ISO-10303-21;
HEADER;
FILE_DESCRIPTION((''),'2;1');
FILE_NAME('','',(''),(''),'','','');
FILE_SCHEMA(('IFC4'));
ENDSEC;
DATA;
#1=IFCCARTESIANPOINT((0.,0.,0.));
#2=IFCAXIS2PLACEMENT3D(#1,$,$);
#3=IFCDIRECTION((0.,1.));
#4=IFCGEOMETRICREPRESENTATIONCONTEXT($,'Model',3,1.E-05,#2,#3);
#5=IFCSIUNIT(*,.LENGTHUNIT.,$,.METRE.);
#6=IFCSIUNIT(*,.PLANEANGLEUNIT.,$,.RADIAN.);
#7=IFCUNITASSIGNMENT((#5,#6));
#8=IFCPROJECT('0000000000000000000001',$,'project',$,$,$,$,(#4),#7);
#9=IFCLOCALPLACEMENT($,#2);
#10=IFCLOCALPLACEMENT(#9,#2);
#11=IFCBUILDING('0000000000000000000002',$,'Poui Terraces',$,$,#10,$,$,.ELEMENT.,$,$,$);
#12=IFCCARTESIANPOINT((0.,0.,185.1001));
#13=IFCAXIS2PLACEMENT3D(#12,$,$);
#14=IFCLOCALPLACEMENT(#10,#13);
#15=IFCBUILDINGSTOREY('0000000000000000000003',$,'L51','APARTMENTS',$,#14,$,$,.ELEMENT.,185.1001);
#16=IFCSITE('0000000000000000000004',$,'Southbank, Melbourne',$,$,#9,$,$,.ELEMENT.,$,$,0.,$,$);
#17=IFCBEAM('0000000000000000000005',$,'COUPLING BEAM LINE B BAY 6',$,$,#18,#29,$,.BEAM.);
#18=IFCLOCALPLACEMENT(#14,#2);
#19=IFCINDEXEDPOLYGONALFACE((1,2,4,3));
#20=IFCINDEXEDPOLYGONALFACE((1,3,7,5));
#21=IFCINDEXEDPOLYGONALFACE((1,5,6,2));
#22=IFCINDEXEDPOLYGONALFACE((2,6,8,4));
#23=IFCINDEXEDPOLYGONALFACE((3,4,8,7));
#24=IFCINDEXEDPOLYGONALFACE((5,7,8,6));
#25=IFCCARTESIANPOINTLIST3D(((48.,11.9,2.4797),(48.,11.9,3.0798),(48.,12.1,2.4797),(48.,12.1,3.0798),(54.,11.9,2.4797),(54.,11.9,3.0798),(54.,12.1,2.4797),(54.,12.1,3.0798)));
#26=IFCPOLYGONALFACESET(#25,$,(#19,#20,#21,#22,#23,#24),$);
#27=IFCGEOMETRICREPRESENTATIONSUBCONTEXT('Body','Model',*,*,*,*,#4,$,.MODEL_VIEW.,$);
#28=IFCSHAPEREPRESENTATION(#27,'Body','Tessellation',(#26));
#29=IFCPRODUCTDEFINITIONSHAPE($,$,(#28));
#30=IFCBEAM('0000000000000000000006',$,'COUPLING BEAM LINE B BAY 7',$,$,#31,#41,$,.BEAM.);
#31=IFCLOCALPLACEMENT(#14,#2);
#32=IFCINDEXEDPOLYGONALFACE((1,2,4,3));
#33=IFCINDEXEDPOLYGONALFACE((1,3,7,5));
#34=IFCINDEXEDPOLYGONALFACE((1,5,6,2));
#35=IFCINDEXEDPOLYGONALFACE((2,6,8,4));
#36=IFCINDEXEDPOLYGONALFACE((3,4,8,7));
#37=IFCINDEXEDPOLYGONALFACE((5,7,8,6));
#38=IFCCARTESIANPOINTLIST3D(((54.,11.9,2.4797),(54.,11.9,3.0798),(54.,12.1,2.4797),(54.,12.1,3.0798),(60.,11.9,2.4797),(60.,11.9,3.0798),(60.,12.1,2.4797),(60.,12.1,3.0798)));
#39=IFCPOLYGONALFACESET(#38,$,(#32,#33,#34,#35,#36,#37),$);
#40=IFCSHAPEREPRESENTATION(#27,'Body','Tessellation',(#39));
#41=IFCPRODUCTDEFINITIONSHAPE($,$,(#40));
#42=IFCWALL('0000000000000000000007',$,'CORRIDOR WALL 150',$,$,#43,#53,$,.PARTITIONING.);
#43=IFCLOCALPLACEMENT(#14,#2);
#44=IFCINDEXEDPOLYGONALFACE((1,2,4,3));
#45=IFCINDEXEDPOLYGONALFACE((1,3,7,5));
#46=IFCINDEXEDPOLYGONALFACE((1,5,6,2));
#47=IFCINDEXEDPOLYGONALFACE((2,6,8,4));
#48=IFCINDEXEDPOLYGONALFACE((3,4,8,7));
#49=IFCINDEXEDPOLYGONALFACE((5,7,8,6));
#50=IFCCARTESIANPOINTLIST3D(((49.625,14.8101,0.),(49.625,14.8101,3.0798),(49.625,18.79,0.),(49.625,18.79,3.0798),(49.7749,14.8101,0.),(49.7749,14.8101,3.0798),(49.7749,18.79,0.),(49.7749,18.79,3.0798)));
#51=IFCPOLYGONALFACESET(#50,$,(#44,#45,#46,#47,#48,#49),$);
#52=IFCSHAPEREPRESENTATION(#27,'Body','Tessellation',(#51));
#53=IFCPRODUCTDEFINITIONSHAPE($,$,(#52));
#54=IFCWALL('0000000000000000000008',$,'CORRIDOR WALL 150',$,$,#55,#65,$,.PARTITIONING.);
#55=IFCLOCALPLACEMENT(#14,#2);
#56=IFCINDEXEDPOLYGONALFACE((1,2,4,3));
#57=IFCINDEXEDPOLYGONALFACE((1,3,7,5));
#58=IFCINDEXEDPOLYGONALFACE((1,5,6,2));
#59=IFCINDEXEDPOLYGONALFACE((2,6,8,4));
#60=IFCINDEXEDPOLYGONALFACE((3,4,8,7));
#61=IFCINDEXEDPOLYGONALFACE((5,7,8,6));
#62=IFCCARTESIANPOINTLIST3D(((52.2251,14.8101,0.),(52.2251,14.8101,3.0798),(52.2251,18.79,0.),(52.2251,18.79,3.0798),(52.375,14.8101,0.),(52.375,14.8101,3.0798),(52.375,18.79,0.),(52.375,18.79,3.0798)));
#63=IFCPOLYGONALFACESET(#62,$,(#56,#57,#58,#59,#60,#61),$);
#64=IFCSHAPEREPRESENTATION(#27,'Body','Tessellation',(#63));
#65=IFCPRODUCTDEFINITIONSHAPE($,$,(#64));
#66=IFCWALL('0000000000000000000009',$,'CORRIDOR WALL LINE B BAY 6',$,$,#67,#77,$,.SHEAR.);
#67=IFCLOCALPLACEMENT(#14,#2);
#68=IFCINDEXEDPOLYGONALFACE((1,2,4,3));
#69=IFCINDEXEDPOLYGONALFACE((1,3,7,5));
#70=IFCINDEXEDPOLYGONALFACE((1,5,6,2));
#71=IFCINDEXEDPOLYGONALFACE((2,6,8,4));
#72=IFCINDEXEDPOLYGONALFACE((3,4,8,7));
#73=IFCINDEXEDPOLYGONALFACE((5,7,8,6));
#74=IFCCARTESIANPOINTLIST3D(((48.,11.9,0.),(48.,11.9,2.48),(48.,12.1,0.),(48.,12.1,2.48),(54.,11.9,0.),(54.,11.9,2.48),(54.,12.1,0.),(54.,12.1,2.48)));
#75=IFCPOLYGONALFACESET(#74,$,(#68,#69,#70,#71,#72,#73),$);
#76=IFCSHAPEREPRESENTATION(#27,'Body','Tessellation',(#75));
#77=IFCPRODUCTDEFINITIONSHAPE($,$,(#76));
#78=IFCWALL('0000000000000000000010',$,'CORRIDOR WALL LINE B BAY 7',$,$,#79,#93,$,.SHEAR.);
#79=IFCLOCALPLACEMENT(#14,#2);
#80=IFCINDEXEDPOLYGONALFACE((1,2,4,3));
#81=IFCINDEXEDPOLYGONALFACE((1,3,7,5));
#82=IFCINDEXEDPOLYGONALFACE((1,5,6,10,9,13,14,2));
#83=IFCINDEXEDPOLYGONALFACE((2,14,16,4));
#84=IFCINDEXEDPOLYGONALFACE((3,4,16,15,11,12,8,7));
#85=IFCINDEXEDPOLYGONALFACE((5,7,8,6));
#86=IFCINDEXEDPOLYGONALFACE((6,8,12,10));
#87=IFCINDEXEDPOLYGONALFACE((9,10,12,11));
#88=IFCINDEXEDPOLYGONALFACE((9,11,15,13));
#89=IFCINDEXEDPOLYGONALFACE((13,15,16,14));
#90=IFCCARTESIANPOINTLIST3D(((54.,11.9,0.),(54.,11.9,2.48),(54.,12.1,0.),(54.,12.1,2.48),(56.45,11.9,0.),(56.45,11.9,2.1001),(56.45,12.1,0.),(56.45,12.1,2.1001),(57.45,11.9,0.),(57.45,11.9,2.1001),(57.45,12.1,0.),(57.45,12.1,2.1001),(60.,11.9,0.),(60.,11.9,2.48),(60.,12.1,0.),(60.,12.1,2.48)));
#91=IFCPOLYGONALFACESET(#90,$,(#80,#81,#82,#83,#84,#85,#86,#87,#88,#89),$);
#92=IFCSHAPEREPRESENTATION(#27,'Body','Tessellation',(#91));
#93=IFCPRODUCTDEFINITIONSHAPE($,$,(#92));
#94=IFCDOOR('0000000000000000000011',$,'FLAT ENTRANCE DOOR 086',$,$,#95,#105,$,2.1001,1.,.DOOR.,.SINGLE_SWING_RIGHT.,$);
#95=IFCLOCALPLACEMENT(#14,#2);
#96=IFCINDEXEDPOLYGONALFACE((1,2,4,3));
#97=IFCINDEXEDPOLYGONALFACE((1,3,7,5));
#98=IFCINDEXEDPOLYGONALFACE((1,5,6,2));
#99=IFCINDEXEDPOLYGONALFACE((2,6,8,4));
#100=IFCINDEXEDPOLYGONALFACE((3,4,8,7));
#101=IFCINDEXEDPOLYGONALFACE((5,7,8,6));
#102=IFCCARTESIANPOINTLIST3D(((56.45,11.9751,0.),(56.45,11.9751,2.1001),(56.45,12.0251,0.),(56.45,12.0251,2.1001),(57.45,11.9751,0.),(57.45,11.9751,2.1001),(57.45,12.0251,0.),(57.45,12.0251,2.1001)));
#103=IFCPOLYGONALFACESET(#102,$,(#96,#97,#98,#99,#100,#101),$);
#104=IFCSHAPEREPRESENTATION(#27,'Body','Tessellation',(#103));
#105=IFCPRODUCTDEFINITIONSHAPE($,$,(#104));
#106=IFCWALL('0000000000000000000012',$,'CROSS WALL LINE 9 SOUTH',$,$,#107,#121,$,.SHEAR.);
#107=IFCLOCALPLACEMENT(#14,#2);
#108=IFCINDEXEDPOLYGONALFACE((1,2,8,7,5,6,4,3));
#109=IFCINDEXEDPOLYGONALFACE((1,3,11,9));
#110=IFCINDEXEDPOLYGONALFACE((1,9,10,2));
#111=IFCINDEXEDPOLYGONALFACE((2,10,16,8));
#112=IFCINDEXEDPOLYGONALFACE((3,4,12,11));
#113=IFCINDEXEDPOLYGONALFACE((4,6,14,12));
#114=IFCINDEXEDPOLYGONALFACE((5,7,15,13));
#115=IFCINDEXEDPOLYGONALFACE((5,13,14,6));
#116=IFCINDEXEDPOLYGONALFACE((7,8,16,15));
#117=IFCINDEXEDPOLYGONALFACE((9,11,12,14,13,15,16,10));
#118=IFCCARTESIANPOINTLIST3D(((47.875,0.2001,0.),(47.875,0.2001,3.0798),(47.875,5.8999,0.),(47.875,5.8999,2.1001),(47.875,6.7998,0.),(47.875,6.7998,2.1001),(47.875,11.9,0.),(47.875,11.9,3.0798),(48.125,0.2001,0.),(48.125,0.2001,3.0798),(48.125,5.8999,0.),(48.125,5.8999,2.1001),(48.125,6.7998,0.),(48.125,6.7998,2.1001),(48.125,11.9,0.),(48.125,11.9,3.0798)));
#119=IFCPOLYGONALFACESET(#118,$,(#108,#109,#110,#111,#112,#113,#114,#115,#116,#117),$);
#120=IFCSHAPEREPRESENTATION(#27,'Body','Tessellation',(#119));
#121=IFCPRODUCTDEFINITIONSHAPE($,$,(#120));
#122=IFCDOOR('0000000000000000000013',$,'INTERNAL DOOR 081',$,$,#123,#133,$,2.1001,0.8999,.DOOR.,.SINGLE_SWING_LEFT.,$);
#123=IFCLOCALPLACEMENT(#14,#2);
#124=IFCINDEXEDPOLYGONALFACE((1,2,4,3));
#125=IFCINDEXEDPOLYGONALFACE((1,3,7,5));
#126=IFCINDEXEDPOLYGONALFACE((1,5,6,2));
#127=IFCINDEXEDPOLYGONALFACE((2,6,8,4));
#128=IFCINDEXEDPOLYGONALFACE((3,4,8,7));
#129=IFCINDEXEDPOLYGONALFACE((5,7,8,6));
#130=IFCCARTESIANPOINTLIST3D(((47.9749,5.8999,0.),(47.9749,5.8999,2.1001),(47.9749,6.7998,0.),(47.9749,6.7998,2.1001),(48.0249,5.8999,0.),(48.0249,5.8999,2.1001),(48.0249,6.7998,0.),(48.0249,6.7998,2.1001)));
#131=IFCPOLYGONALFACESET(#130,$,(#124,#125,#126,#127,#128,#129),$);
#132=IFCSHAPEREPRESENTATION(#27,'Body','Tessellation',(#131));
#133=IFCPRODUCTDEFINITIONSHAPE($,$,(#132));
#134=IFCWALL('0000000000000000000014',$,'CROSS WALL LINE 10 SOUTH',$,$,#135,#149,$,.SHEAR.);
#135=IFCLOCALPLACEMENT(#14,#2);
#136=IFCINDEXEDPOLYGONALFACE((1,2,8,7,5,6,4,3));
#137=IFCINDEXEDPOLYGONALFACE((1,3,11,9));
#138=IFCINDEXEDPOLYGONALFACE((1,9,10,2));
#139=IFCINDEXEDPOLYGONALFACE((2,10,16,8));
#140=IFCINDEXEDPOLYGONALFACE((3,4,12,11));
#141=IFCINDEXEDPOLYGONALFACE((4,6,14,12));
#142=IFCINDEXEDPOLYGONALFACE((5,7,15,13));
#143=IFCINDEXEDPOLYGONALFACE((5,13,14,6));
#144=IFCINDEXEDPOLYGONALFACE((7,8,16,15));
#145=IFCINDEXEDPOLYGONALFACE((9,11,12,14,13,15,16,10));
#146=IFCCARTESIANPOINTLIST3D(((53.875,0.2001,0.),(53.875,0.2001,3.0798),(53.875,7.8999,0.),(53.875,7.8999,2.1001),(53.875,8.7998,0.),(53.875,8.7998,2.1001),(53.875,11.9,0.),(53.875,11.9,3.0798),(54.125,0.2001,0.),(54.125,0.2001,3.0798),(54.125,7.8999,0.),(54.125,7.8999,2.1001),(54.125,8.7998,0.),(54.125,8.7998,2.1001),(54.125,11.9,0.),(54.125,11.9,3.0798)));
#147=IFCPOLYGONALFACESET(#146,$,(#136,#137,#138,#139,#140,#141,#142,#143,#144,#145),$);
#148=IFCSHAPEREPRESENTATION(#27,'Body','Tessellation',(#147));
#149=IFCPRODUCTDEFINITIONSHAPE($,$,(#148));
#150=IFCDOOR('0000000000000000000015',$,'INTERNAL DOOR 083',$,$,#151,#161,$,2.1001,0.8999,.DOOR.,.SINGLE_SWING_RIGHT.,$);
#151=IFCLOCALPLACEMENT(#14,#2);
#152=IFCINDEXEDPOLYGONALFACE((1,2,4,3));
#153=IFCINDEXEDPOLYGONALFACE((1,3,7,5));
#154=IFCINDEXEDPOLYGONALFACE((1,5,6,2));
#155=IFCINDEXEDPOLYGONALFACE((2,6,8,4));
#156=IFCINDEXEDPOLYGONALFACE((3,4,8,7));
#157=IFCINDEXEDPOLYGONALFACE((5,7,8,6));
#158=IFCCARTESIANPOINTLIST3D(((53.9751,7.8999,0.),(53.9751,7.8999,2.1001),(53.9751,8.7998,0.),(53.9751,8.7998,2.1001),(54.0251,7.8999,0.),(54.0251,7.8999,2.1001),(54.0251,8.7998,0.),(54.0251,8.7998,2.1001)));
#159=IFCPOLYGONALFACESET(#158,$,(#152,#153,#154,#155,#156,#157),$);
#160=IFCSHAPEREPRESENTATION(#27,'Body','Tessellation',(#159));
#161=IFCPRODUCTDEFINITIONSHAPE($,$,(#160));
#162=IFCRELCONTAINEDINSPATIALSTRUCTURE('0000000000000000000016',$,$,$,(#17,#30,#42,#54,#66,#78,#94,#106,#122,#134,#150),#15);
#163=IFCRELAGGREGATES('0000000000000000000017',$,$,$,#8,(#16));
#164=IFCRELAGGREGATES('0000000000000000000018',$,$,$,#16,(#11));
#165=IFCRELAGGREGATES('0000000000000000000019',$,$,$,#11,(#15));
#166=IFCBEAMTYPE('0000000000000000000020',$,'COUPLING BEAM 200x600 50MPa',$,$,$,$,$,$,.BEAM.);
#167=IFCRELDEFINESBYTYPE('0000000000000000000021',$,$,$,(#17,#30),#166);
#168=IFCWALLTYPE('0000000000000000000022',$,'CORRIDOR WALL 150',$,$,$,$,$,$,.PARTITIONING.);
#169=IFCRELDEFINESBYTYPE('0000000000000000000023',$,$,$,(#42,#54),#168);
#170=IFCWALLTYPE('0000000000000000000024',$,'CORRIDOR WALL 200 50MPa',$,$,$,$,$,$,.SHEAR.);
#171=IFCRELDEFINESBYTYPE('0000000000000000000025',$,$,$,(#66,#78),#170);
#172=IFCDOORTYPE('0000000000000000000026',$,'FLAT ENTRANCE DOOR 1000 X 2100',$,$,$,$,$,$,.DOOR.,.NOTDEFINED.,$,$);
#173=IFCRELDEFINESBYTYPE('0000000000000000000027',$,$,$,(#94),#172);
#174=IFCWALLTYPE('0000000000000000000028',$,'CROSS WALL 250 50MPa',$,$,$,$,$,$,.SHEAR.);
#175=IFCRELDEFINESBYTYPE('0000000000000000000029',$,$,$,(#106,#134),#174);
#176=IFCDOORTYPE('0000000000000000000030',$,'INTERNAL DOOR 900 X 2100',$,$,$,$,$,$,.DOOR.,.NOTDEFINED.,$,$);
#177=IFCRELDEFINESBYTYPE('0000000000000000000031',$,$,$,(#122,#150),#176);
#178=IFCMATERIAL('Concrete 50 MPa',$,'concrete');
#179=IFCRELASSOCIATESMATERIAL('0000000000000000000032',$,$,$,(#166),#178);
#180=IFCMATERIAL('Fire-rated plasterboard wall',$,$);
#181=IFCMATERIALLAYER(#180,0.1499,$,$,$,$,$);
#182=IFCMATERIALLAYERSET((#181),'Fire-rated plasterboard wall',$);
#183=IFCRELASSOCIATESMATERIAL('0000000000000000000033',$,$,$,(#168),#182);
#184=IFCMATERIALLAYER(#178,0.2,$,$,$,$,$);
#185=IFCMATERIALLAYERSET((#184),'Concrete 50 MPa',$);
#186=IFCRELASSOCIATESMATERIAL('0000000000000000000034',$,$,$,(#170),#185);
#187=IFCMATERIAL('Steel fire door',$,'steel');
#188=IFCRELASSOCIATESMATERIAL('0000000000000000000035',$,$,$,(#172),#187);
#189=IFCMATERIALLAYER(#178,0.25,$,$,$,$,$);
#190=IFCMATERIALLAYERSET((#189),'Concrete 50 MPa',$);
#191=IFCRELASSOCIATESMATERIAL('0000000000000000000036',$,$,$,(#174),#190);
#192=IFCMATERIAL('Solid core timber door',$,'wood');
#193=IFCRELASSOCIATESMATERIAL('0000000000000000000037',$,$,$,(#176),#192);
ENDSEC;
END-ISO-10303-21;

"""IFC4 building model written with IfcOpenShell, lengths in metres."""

from ifc_helpers import new_model, si_unit, direction, frame, frame_2d, origin, origin_2d, place, context, subcontext, project, spatial, rectangle, extrude, source, transform, mapped, material, layer, layer_set, material_profile, profile_set, type_object, element, fill, save


model = new_model("IFC4")

# Units and contexts
model_context = context("Model", 3, precision=1e-05, world=origin(), true_north=direction((0.0, 1.0)))
body_context = subcontext(model_context, "Body", "Model", "MODEL_VIEW")
ifc_project = project(units=[si_unit("LENGTHUNIT", "METRE"), si_unit("PLANEANGLEUNIT", "RADIAN")], contexts=[model_context])

# Site, building, storey
site_placement = place(None, origin())
site = spatial("IfcSite", under=ifc_project, at=site_placement, Name="Southbank, Melbourne", CompositionType="ELEMENT", RefElevation=0.0)
building_placement = place(site_placement, origin())
building = spatial("IfcBuilding", under=site, at=building_placement, Name="Poui Terraces", CompositionType="ELEMENT")
storey_placement = place(building_placement, frame((0.0, 0.0, 185.1001)))
storey = spatial("IfcBuildingStorey", under=building, at=storey_placement, Name="L51", Description="APARTMENTS", CompositionType="ELEMENT", Elevation=185.1001)

# Beams
ifc_material_1 = material(Name="Concrete 50 MPa", Category="concrete")
ifc_material_profile = material_profile(ifc_material_1, rectangle(XDim=0.2, YDim=0.6001, at=origin_2d()), Name="RC 200x600")
ifc_profile_set = profile_set([ifc_material_profile], Name="Concrete 50 MPa")
beam_type = type_object("IfcBeamType", Name="COUPLING BEAM 200x600 50MPa", PredefinedType="BEAM", material=ifc_profile_set)
shared_shape_1 = source(origin(), body_context, "Body", "SweptSolid", [
    extrude(rectangle(XDim=0.2, YDim=0.6001, at=origin_2d()), origin(), (0.0, 0.0, 1.0), 6.0),
])
for number, where, z_axis, x_axis, name in (
    (1, (48.0, 12.0, 2.7798), (1.0, 0.0, 0.0), (0.0, 1.0, 0.0), "COUPLING BEAM LINE B BAY 6"),
    (2, (54.0, 12.0, 2.7798), (1.0, 0.0, 0.0), (0.0, 1.0, 0.0), "COUPLING BEAM LINE B BAY 7"),
):
    element("IfcBeam", number, at=place(storey_placement, frame(where, z_axis=z_axis, x_axis=x_axis)), inside=storey, type_object=beam_type, Name=name, PredefinedType="BEAM", context=body_context, shape_type="MappedRepresentation", body=[
        mapped(shared_shape_1, transform((0.0, 0.0, 0.0))),
    ])

# Walls
ifc_material_2 = material(Name="Fire-rated plasterboard wall")
ifc_layer_1 = layer(ifc_material_2, 0.1499)
ifc_layer_set_1 = layer_set([ifc_layer_1], Name="Fire-rated plasterboard wall")
wall_type_1 = type_object("IfcWallType", Name="CORRIDOR WALL 150", PredefinedType="PARTITIONING", material=ifc_layer_set_1)
for number, where, z_axis, x_axis, name in (
    (3, (49.7, 14.8101, 0.0), (0.0, 0.0, 1.0), (0.0, 1.0, 0.0), "CORRIDOR WALL 150"),
    (4, (52.3, 14.8101, 0.0), (0.0, 0.0, 1.0), (0.0, 1.0, 0.0), "CORRIDOR WALL 150"),
):
    element("IfcWall", number, at=place(storey_placement, frame(where, z_axis=z_axis, x_axis=x_axis)), inside=storey, type_object=wall_type_1, Name=name, PredefinedType="PARTITIONING", context=body_context, shape_type="SweptSolid", body=[
        extrude(rectangle(XDim=3.98, YDim=0.1499, at=frame_2d((1.99, 0.0))), origin(), (0.0, 0.0, 1.0), 3.0798),
    ])
ifc_layer_2 = layer(ifc_material_1, 0.2)
ifc_layer_set_2 = layer_set([ifc_layer_2], Name="Concrete 50 MPa")
wall_type_2 = type_object("IfcWallType", Name="CORRIDOR WALL 200 50MPa", PredefinedType="SHEAR", material=ifc_layer_set_2)
wall_1_placement = place(storey_placement, frame((48.0, 12.0, 0.0), z_axis=(0.0, 0.0, 1.0), x_axis=(1.0, 0.0, 0.0)))
element("IfcWall", 5, at=wall_1_placement, inside=storey, type_object=wall_type_2, Name="CORRIDOR WALL LINE B BAY 6", PredefinedType="SHEAR", context=body_context, shape_type="SweptSolid", body=[
    extrude(rectangle(XDim=6.0, YDim=0.2, at=frame_2d((3.0, 0.0))), origin(), (0.0, 0.0, 1.0), 2.48),
])

# Walls, openings, doors
wall_2_placement = place(storey_placement, frame((54.0, 12.0, 0.0), z_axis=(0.0, 0.0, 1.0), x_axis=(1.0, 0.0, 0.0)))
wall_2 = element("IfcWall", 6, at=wall_2_placement, inside=storey, type_object=wall_type_2, Name="CORRIDOR WALL LINE B BAY 7", PredefinedType="SHEAR", context=body_context, shape_type="SweptSolid", body=[
    extrude(rectangle(XDim=6.0, YDim=0.2, at=frame_2d((3.0, 0.0))), origin(), (0.0, 0.0, 1.0), 2.48),
])
opening_1_placement = place(wall_2_placement, frame((2.45, 0.0, 0.0)))
opening_1 = element("IfcOpeningElement", 7, at=opening_1_placement, cuts=wall_2, PredefinedType="OPENING", context=body_context, shape_type="SweptSolid", body=[
    extrude(rectangle(XDim=1.0, YDim=2.1001, at=frame_2d((0.5, 1.05))), frame((0.0, 0.1099, 0.0), z_axis=(0.0, -1.0, 0.0), x_axis=(1.0, 0.0, 0.0)), (0.0, 0.0, 1.0), 0.22),
])
ifc_material_3 = material(Name="Steel fire door", Category="steel")
door_type_1 = type_object("IfcDoorType", Name="FLAT ENTRANCE DOOR 1000 X 2100", OperationType="NOTDEFINED", PredefinedType="DOOR", material=ifc_material_3)
door_1_placement = place(opening_1_placement, frame((1.0, 0.0, 0.0), z_axis=(0.0, 0.0, 1.0), x_axis=(-1.0, 0.0, 0.0)))
door_1 = element("IfcDoor", 8, at=door_1_placement, inside=storey, type_object=door_type_1, Name="FLAT ENTRANCE DOOR 086", OperationType="SINGLE_SWING_RIGHT", OverallHeight=2.1001, OverallWidth=1.0, PredefinedType="DOOR", context=body_context, shape_type="SweptSolid", body=[
    extrude(rectangle(XDim=1.0, YDim=2.1001, at=frame_2d((0.5, 1.05))), frame((0.0, 0.0249, 0.0), z_axis=(0.0, -1.0, 0.0), x_axis=(1.0, 0.0, 0.0)), (0.0, 0.0, 1.0), 0.05),
])
fill(opening_1, door_1)
ifc_layer_3 = layer(ifc_material_1, 0.25)
ifc_layer_set_3 = layer_set([ifc_layer_3], Name="Concrete 50 MPa")
wall_type_3 = type_object("IfcWallType", Name="CROSS WALL 250 50MPa", PredefinedType="SHEAR", material=ifc_layer_set_3)
wall_3_placement = place(storey_placement, frame((48.0, 0.2, 0.0), z_axis=(0.0, 0.0, 1.0), x_axis=(0.0, 1.0, 0.0)))
wall_3 = element("IfcWall", 9, at=wall_3_placement, inside=storey, type_object=wall_type_3, Name="CROSS WALL LINE 9 SOUTH", PredefinedType="SHEAR", context=body_context, shape_type="SweptSolid", body=[
    extrude(rectangle(XDim=11.7, YDim=0.25, at=frame_2d((5.8501, 0.0))), origin(), (0.0, 0.0, 1.0), 3.0798),
])
opening_2_placement = place(wall_3_placement, frame((5.7, 0.0, 0.0)))
opening_2 = element("IfcOpeningElement", 10, at=opening_2_placement, cuts=wall_3, PredefinedType="OPENING", context=body_context, shape_type="SweptSolid", body=[
    extrude(rectangle(XDim=0.8999, YDim=2.1001, at=frame_2d((0.45, 1.05))), frame((0.0, 0.135, 0.0), z_axis=(0.0, -1.0, 0.0), x_axis=(1.0, 0.0, 0.0)), (0.0, 0.0, 1.0), 0.27),
])
ifc_material_4 = material(Name="Solid core timber door", Category="wood")
door_type_2 = type_object("IfcDoorType", Name="INTERNAL DOOR 900 X 2100", OperationType="NOTDEFINED", PredefinedType="DOOR", material=ifc_material_4)
door_2_placement = place(opening_2_placement, frame((0.8999, 0.0, 0.0), z_axis=(0.0, 0.0, 1.0), x_axis=(-1.0, 0.0, 0.0)))
door_2 = element("IfcDoor", 11, at=door_2_placement, inside=storey, type_object=door_type_2, Name="INTERNAL DOOR 081", OperationType="SINGLE_SWING_LEFT", OverallHeight=2.1001, OverallWidth=0.8999, PredefinedType="DOOR", context=body_context, shape_type="SweptSolid", body=[
    extrude(rectangle(XDim=0.8999, YDim=2.1001, at=frame_2d((0.45, 1.05))), frame((0.0, 0.0249, 0.0), z_axis=(0.0, -1.0, 0.0), x_axis=(1.0, 0.0, 0.0)), (0.0, 0.0, 1.0), 0.05),
])
fill(opening_2, door_2)
wall_4_placement = place(storey_placement, frame((54.0, 0.2, 0.0), z_axis=(0.0, 0.0, 1.0), x_axis=(0.0, 1.0, 0.0)))
wall_4 = element("IfcWall", 12, at=wall_4_placement, inside=storey, type_object=wall_type_3, Name="CROSS WALL LINE 10 SOUTH", PredefinedType="SHEAR", context=body_context, shape_type="SweptSolid", body=[
    extrude(rectangle(XDim=11.7, YDim=0.25, at=frame_2d((5.8501, 0.0))), origin(), (0.0, 0.0, 1.0), 3.0798),
])
opening_3_placement = place(wall_4_placement, frame((7.7, 0.0, 0.0)))
opening_3 = element("IfcOpeningElement", 13, at=opening_3_placement, cuts=wall_4, PredefinedType="OPENING", context=body_context, shape_type="SweptSolid", body=[
    extrude(rectangle(XDim=0.8999, YDim=2.1001, at=frame_2d((0.45, 1.05))), frame((0.0, 0.135, 0.0), z_axis=(0.0, -1.0, 0.0), x_axis=(1.0, 0.0, 0.0)), (0.0, 0.0, 1.0), 0.27),
])
door_3_placement = place(opening_3_placement, origin())
door_3 = element("IfcDoor", 14, at=door_3_placement, inside=storey, type_object=door_type_2, Name="INTERNAL DOOR 083", OperationType="SINGLE_SWING_RIGHT", OverallHeight=2.1001, OverallWidth=0.8999, PredefinedType="DOOR", context=body_context, shape_type="SweptSolid", body=[
    extrude(rectangle(XDim=0.8999, YDim=2.1001, at=frame_2d((0.45, 1.05))), frame((0.0, 0.0249, 0.0), z_axis=(0.0, -1.0, 0.0), x_axis=(1.0, 0.0, 0.0)), (0.0, 0.0, 1.0), 0.05),
])
fill(opening_3, door_3)

save(model, "model.ifc")
